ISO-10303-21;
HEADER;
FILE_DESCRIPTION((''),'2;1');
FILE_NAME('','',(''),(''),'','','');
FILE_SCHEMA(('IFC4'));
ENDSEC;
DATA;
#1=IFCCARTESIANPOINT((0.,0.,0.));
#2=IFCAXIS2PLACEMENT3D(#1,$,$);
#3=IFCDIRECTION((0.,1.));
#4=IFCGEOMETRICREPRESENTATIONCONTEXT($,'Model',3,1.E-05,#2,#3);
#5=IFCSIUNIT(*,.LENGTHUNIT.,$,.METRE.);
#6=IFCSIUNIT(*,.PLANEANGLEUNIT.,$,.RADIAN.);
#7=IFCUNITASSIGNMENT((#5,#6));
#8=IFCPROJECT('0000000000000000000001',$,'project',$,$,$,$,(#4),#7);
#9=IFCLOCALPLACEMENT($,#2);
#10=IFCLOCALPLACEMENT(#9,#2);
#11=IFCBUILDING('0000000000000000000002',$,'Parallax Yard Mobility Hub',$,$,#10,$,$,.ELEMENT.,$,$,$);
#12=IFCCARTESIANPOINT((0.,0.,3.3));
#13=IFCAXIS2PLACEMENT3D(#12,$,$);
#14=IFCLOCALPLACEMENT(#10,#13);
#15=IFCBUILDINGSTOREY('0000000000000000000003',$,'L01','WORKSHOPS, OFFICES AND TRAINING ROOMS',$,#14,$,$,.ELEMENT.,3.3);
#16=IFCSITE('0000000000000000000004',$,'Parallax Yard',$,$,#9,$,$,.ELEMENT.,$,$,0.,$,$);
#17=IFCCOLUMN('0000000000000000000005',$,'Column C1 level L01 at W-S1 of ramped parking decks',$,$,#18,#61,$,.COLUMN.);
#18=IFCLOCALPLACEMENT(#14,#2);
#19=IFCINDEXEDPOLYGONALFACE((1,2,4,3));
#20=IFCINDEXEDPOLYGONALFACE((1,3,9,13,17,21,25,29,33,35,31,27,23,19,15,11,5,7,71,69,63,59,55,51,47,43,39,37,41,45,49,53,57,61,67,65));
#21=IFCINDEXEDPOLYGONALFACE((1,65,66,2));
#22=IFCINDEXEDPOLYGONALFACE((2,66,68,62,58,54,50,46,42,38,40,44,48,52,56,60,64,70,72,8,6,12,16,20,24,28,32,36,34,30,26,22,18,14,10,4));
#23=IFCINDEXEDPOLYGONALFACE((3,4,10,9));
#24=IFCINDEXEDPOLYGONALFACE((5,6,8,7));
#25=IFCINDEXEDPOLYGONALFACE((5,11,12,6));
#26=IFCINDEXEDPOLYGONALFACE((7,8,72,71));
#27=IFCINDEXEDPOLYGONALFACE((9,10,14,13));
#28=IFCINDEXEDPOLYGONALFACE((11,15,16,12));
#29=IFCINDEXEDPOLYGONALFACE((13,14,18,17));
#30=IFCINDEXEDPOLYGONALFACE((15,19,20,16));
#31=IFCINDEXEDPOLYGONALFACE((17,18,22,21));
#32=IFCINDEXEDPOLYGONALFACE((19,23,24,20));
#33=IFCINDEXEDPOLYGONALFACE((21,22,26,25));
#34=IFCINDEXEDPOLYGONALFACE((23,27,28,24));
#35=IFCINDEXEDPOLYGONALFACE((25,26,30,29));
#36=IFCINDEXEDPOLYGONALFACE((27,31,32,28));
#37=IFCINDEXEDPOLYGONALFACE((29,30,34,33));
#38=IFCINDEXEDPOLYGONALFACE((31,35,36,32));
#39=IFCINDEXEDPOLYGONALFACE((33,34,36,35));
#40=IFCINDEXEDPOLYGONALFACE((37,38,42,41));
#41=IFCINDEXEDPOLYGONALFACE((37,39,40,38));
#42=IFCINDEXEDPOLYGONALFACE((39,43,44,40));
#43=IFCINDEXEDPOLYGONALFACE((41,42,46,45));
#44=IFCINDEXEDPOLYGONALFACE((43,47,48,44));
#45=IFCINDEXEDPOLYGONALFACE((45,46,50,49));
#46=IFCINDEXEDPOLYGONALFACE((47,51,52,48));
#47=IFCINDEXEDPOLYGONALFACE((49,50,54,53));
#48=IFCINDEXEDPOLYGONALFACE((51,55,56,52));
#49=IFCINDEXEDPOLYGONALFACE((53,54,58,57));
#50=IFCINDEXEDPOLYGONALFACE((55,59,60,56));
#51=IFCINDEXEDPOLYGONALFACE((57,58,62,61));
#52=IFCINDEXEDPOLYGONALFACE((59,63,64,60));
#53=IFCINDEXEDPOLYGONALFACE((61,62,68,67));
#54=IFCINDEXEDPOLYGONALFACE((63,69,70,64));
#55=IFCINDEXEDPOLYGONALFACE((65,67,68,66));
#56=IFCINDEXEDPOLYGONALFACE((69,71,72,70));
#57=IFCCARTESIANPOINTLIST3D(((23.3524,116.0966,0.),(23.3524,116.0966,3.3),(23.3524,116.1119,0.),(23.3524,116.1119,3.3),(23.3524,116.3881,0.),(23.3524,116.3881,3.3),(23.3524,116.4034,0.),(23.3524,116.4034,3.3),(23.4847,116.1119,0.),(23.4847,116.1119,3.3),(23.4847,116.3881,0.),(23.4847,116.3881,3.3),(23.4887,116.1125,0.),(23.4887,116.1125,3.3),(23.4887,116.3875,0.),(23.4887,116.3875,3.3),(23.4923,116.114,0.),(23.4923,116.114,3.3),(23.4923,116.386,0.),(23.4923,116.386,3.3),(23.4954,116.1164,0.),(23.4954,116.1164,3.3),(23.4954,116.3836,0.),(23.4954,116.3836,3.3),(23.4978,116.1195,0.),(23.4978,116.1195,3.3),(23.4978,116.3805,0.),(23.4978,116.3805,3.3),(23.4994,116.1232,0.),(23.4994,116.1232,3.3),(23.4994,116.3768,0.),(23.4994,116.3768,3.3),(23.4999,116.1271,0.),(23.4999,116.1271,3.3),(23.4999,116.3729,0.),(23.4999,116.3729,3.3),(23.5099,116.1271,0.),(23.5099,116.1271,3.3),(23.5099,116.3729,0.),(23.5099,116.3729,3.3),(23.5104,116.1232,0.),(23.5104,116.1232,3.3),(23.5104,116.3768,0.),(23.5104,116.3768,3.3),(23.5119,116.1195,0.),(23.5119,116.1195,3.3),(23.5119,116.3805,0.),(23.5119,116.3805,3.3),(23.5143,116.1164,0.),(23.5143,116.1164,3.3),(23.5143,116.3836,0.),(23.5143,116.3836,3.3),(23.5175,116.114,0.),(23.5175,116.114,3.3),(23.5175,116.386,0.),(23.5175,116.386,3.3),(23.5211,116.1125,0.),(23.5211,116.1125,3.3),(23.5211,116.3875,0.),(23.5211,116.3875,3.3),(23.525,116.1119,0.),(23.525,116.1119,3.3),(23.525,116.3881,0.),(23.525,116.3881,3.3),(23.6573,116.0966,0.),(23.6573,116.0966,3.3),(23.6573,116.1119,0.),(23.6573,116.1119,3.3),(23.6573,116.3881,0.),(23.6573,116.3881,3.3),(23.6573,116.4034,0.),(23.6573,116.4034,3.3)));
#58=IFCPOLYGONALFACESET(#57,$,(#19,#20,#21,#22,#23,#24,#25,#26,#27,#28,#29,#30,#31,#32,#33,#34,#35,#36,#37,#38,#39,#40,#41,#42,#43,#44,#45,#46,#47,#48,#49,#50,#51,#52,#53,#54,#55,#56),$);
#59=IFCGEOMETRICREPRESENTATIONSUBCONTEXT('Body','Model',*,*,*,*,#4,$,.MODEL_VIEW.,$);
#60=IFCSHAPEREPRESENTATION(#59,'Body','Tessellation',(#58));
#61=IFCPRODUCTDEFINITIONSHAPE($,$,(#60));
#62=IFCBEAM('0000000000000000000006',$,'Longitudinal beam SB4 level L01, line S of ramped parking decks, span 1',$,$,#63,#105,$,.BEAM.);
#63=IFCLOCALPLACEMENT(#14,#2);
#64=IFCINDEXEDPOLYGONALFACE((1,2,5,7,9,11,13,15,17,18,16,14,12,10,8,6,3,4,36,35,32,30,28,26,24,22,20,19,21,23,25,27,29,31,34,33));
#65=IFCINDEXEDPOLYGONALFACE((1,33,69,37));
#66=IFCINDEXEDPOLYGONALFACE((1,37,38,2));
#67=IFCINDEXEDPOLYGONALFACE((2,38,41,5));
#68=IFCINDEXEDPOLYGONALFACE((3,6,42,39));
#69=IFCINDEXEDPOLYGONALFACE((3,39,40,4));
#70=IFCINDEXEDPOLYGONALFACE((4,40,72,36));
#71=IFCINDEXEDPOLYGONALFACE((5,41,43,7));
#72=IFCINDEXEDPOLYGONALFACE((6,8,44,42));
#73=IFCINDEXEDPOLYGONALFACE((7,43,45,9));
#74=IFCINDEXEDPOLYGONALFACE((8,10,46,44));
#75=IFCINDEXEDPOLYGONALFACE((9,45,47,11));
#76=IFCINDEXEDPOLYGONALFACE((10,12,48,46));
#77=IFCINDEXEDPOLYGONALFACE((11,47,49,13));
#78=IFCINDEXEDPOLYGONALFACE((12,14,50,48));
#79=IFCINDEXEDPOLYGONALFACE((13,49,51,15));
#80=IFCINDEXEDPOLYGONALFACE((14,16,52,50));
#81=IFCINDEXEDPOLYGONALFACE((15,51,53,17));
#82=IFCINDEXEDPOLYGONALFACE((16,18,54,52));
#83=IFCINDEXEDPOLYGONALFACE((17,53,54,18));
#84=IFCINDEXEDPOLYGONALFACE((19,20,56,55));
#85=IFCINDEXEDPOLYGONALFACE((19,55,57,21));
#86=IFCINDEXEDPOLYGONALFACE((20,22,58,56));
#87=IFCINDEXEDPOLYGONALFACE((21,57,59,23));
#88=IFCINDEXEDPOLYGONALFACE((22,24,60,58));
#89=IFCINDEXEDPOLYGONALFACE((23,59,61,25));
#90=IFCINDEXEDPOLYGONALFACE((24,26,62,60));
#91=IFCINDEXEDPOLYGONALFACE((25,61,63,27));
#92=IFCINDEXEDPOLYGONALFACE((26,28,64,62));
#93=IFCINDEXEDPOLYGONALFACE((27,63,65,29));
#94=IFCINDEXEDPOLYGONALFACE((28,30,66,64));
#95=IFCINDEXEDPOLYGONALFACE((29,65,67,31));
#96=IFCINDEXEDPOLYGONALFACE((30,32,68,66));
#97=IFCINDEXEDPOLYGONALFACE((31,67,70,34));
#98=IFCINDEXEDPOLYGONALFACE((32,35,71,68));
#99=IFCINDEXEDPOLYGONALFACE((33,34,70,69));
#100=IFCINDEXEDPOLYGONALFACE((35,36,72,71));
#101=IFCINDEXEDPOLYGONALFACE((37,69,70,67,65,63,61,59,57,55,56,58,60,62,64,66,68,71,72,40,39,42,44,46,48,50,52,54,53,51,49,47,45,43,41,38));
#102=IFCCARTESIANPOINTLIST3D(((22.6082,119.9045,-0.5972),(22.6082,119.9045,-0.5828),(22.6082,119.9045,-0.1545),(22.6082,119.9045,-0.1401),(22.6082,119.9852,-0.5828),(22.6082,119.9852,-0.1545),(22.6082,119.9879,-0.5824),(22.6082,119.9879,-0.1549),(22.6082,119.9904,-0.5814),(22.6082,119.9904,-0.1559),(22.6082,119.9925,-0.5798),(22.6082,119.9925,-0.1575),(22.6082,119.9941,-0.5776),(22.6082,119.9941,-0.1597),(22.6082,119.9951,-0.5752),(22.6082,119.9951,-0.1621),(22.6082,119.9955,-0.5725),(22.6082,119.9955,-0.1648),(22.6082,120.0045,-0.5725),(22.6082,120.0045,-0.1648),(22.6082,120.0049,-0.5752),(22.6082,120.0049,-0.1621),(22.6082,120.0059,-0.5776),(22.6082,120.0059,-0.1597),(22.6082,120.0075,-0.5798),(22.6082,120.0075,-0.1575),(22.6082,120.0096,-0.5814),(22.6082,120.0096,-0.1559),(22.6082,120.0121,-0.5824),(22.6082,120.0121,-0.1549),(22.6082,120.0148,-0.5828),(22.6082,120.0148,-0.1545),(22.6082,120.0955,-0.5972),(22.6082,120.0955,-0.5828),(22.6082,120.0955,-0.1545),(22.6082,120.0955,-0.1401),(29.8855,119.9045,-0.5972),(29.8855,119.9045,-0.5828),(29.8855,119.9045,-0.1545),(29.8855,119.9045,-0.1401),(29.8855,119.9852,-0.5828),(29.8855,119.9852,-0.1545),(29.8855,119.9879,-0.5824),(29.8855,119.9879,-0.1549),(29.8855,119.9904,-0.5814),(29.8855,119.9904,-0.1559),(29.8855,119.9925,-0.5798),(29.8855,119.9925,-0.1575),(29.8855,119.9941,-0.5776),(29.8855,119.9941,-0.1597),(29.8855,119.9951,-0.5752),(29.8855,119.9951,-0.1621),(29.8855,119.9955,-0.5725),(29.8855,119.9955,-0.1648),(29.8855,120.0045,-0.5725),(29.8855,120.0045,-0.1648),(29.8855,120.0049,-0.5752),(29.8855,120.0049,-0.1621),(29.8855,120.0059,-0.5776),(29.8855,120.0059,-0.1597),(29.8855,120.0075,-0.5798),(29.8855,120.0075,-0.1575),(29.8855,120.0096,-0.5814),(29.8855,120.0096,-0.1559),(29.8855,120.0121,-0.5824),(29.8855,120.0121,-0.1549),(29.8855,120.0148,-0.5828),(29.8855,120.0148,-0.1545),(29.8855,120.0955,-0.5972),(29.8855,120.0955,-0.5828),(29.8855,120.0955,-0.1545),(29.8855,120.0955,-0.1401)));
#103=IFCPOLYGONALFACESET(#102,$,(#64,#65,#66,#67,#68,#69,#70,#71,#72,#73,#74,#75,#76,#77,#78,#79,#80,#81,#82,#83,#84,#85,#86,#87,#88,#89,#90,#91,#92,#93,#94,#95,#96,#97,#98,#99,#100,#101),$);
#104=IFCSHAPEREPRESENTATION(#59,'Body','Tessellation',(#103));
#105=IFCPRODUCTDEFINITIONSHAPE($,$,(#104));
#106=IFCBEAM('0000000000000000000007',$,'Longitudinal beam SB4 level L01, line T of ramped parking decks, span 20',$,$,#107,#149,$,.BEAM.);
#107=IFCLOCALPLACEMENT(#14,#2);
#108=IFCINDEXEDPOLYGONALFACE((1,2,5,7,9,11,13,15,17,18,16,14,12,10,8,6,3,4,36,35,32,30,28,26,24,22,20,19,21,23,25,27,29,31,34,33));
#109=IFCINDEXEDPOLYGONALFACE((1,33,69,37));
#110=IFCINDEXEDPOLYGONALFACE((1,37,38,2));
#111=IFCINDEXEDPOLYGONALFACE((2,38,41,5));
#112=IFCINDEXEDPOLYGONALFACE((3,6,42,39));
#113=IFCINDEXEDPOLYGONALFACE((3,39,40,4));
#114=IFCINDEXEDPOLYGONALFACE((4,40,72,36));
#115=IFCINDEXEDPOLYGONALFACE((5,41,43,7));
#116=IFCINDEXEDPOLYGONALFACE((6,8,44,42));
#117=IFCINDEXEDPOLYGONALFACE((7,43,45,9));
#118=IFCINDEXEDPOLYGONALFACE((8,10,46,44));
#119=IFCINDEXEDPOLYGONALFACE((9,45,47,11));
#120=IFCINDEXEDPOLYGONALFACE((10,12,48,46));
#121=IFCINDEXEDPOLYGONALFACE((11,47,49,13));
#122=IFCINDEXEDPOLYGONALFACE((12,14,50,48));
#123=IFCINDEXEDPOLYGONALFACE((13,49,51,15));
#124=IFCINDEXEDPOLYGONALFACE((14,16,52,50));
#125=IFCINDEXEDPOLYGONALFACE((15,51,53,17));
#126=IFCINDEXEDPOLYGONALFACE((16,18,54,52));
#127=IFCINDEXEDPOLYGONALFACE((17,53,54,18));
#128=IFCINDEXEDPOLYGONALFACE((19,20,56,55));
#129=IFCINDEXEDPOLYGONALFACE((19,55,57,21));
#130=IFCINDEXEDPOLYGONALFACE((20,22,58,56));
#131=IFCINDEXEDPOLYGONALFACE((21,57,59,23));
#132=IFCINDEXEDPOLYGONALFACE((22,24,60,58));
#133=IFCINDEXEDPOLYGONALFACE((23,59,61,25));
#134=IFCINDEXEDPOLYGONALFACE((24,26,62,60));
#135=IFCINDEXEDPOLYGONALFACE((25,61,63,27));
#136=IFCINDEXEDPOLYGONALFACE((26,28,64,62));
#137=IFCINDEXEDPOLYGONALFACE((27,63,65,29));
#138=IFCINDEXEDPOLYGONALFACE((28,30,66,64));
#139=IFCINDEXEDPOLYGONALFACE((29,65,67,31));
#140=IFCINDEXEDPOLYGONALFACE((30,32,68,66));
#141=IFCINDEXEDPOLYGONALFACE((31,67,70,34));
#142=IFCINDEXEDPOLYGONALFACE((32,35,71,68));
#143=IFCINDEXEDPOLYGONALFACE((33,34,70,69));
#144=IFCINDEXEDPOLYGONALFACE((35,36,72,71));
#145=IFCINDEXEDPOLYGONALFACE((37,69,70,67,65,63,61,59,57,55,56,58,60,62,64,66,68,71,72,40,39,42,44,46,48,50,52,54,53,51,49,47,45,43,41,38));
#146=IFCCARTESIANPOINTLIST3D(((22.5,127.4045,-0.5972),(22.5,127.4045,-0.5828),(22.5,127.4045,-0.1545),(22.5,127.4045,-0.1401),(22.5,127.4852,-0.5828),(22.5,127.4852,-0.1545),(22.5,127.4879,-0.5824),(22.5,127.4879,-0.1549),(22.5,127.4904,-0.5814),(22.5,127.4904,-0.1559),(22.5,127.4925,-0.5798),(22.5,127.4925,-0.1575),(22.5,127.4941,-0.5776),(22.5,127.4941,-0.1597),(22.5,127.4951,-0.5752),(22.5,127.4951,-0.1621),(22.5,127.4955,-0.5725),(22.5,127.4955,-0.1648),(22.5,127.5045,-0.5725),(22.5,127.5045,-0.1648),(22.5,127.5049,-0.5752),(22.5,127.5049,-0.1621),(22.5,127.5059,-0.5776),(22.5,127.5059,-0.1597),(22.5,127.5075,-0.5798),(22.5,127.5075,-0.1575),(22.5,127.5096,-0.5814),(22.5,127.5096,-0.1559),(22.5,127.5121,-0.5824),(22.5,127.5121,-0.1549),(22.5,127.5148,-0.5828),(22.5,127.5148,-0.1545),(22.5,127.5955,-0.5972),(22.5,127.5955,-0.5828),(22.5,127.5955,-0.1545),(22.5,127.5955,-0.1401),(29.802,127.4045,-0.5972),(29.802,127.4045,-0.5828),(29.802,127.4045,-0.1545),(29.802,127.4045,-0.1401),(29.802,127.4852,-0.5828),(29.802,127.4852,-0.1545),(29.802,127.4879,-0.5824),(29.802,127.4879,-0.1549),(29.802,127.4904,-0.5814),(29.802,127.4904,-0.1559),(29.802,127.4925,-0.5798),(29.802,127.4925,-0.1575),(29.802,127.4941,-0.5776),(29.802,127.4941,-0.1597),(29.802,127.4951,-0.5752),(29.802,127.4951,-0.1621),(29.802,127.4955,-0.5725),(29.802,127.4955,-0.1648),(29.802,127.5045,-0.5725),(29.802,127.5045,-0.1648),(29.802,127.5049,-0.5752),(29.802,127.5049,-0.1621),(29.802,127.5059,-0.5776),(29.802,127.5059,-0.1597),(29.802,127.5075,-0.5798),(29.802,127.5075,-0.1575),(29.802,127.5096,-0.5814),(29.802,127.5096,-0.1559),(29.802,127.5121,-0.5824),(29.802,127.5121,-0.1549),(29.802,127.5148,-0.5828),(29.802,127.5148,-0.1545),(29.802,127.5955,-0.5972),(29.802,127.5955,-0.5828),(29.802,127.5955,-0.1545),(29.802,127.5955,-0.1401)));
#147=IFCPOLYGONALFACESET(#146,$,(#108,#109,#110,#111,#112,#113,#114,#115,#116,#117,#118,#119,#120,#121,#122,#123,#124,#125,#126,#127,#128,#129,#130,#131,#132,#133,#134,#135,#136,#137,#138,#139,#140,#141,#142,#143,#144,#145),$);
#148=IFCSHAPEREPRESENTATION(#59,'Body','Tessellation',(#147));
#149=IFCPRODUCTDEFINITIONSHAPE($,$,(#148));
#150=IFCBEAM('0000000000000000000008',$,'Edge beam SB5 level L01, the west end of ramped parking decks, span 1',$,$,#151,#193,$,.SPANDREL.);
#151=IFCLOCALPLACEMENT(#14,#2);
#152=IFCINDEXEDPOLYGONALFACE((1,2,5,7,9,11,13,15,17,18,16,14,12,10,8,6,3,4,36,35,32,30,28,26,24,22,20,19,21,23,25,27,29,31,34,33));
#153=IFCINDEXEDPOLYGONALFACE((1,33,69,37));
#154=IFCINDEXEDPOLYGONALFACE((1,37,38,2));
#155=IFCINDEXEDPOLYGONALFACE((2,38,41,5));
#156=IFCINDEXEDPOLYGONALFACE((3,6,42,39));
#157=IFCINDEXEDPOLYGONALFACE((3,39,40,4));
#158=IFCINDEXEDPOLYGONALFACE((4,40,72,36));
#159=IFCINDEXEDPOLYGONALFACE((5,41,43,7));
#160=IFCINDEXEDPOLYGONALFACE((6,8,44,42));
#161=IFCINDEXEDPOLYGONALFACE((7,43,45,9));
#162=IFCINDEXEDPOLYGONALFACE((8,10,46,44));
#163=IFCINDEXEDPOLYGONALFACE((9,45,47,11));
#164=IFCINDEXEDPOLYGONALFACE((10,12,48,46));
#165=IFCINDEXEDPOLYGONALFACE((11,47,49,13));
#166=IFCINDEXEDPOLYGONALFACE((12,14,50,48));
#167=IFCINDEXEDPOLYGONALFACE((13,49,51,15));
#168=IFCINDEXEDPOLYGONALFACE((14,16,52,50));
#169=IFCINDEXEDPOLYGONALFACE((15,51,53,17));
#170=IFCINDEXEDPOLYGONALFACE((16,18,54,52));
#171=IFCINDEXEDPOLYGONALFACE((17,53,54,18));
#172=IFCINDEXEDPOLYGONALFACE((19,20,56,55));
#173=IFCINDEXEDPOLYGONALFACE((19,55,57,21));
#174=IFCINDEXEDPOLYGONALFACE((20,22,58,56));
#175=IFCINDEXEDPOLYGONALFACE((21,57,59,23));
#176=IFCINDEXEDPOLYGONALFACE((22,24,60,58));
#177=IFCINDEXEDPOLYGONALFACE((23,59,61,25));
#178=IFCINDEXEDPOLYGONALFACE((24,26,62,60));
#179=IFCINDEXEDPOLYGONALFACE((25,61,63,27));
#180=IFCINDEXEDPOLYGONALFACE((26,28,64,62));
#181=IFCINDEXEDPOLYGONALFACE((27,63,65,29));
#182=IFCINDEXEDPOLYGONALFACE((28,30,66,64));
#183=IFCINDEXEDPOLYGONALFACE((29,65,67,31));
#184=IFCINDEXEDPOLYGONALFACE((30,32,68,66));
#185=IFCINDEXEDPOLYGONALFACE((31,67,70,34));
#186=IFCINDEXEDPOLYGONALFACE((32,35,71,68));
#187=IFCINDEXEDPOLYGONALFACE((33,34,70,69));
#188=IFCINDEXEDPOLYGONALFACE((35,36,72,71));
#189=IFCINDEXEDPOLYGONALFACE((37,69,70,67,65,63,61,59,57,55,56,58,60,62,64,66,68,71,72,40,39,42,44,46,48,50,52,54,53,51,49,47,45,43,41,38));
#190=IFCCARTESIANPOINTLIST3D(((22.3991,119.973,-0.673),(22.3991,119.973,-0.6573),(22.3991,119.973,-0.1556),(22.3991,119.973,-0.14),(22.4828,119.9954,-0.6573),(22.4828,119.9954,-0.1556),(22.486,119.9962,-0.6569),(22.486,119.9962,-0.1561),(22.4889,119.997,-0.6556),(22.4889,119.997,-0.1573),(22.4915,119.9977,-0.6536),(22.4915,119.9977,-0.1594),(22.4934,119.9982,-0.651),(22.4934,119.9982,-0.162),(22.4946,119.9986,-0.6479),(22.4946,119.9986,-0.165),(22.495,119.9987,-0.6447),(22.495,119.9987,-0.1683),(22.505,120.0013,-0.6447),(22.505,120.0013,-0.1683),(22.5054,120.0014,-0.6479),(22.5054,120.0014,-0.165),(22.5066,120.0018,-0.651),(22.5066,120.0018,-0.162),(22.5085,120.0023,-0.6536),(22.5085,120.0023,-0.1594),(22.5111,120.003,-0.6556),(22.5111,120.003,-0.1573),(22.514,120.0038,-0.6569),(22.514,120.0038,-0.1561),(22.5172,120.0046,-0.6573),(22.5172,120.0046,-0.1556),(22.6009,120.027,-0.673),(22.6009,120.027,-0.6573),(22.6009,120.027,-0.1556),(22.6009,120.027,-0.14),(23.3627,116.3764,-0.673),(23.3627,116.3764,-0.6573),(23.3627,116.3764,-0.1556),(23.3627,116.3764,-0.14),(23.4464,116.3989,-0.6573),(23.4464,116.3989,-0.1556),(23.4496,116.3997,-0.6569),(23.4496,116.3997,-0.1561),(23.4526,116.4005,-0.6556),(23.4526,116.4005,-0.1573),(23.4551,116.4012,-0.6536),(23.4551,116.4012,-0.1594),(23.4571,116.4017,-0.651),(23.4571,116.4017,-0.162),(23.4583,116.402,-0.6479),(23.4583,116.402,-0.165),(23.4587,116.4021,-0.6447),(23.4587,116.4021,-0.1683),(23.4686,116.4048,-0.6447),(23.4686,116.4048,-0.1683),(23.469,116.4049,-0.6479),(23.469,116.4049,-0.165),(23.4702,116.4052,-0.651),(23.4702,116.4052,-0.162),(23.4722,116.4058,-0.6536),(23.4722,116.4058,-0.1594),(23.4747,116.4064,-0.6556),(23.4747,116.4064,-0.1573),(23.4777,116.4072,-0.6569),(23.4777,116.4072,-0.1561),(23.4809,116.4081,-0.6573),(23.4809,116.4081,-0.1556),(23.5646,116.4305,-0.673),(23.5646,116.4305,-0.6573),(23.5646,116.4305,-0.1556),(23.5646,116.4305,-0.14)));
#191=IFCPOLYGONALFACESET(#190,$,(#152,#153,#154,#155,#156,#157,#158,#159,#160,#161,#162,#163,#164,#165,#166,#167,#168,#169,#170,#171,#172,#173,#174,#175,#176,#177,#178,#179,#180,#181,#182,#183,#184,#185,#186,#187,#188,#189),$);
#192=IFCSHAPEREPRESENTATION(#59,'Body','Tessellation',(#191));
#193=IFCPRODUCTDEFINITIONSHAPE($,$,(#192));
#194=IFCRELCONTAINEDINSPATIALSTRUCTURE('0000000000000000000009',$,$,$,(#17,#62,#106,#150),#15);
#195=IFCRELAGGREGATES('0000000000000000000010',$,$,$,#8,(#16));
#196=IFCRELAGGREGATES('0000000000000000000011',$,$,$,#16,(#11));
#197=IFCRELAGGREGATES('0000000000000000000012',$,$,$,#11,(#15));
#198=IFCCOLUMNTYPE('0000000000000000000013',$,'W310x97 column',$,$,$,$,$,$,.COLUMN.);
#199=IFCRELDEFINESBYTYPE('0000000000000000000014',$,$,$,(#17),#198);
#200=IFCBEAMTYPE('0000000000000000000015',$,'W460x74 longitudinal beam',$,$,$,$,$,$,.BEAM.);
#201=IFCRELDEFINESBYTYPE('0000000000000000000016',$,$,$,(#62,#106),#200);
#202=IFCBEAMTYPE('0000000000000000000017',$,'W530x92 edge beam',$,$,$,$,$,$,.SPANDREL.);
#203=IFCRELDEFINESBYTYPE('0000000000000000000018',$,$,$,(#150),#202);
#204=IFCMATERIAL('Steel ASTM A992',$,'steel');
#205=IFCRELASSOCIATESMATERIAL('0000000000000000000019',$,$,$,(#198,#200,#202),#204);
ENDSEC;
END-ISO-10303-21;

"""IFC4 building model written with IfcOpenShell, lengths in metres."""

from ifc_helpers import new_model, si_unit, direction, frame, origin, origin_2d, place, context, subcontext, project, spatial, i_section, extrude, material, material_profile, profile_set, type_object, element, save


model = new_model("IFC4")

# Units and contexts
model_context = context("Model", 3, precision=1e-05, world=origin(), true_north=direction((0.0, 1.0)))
body_context = subcontext(model_context, "Body", "Model", "MODEL_VIEW")
ifc_project = project(units=[si_unit("LENGTHUNIT", "METRE"), si_unit("PLANEANGLEUNIT", "RADIAN")], contexts=[model_context])

# Site, building, storey
site_placement = place(None, origin())
site = spatial("IfcSite", under=ifc_project, at=site_placement, Name="Parallax Yard", CompositionType="ELEMENT", RefElevation=0.0)
building_placement = place(site_placement, origin())
building = spatial("IfcBuilding", under=site, at=building_placement, Name="Parallax Yard Mobility Hub", CompositionType="ELEMENT")
storey_placement = place(building_placement, frame((0.0, 0.0, 3.3)))
storey = spatial("IfcBuildingStorey", under=building, at=storey_placement, Name="L01", Description="WORKSHOPS, OFFICES AND TRAINING ROOMS", CompositionType="ELEMENT", Elevation=3.3)

# Column
ifc_material_1 = material(Name="Steel ASTM A992", Category="steel")
ifc_material_profile_1 = material_profile(ifc_material_1, i_section(OverallWidth=0.3049, OverallDepth=0.3069, WebThickness=0.01, FlangeThickness=0.0154, FilletRadius=0.0151, at=origin_2d()), Name="W310x97")
ifc_profile_set_1 = profile_set([ifc_material_profile_1], Name="Steel ASTM A992")
column_type = type_object("IfcColumnType", Name="W310x97 column", PredefinedType="COLUMN", material=ifc_profile_set_1)
column_placement = place(storey_placement, frame((23.5049, 116.25, 0.0), z_axis=(0.0, 0.0, 1.0), x_axis=(1.0, 0.0, 0.0)))
element("IfcColumn", 1, at=column_placement, inside=storey, type_object=column_type, Name="Column C1 level L01 at W-S1 of ramped parking decks", PredefinedType="COLUMN", context=body_context, shape_type="SweptSolid", body=[
    extrude(i_section(OverallWidth=0.3049, OverallDepth=0.3069, WebThickness=0.01, FlangeThickness=0.0154, FilletRadius=0.0151, at=origin_2d()), origin(), (0.0, 0.0, 1.0), 3.3),
])

# Beams
ifc_material_profile_2 = material_profile(ifc_material_1, i_section(OverallWidth=0.1909, OverallDepth=0.457, WebThickness=0.009, FlangeThickness=0.0144, FilletRadius=0.0103, at=origin_2d()), Name="W460x74")
ifc_profile_set_2 = profile_set([ifc_material_profile_2], Name="Steel ASTM A992")
beam_type_1 = type_object("IfcBeamType", Name="W460x74 longitudinal beam", PredefinedType="BEAM", material=ifc_profile_set_2)
beam_1_placement = place(storey_placement, frame((22.6082, 120.0, -0.3687), z_axis=(1.0, 0.0, 0.0), x_axis=(0.0, 1.0, 0.0)))
element("IfcBeam", 2, at=beam_1_placement, inside=storey, type_object=beam_type_1, Name="Longitudinal beam SB4 level L01, line S of ramped parking decks, span 1", PredefinedType="BEAM", context=body_context, shape_type="SweptSolid", body=[
    extrude(i_section(OverallWidth=0.1909, OverallDepth=0.457, WebThickness=0.009, FlangeThickness=0.0144, FilletRadius=0.0103, at=origin_2d()), origin(), (0.0, 0.0, 1.0), 7.2773),
])
beam_2_placement = place(storey_placement, frame((22.5, 127.5, -0.3687), z_axis=(1.0, 0.0, 0.0), x_axis=(0.0, 1.0, 0.0)))
element("IfcBeam", 3, at=beam_2_placement, inside=storey, type_object=beam_type_1, Name="Longitudinal beam SB4 level L01, line T of ramped parking decks, span 20", PredefinedType="BEAM", context=body_context, shape_type="SweptSolid", body=[
    extrude(i_section(OverallWidth=0.1909, OverallDepth=0.457, WebThickness=0.009, FlangeThickness=0.0144, FilletRadius=0.0103, at=origin_2d()), origin(), (0.0, 0.0, 1.0), 7.302),
])
ifc_material_profile_3 = material_profile(ifc_material_1, i_section(OverallWidth=0.209, OverallDepth=0.533, WebThickness=0.0103, FlangeThickness=0.0156, FilletRadius=0.0127, at=origin_2d()), Name="W530x92")
ifc_profile_set_3 = profile_set([ifc_material_profile_3], Name="Steel ASTM A992")
beam_type_2 = type_object("IfcBeamType", Name="W530x92 edge beam", PredefinedType="SPANDREL", material=ifc_profile_set_3)
beam_3_placement = place(storey_placement, frame((22.5, 120.0, -0.4065), z_axis=(0.258809, -0.965928, 0.0), x_axis=(0.965928, 0.258809, 0.0)))
element("IfcBeam", 4, at=beam_3_placement, inside=storey, type_object=beam_type_2, Name="Edge beam SB5 level L01, the west end of ramped parking decks, span 1", PredefinedType="SPANDREL", context=body_context, shape_type="SweptSolid", body=[
    extrude(i_section(OverallWidth=0.209, OverallDepth=0.533, WebThickness=0.0103, FlangeThickness=0.0156, FilletRadius=0.0127, at=origin_2d()), origin(), (0.0, 0.0, 1.0), 3.7234),
])

save(model, "model.ifc")
